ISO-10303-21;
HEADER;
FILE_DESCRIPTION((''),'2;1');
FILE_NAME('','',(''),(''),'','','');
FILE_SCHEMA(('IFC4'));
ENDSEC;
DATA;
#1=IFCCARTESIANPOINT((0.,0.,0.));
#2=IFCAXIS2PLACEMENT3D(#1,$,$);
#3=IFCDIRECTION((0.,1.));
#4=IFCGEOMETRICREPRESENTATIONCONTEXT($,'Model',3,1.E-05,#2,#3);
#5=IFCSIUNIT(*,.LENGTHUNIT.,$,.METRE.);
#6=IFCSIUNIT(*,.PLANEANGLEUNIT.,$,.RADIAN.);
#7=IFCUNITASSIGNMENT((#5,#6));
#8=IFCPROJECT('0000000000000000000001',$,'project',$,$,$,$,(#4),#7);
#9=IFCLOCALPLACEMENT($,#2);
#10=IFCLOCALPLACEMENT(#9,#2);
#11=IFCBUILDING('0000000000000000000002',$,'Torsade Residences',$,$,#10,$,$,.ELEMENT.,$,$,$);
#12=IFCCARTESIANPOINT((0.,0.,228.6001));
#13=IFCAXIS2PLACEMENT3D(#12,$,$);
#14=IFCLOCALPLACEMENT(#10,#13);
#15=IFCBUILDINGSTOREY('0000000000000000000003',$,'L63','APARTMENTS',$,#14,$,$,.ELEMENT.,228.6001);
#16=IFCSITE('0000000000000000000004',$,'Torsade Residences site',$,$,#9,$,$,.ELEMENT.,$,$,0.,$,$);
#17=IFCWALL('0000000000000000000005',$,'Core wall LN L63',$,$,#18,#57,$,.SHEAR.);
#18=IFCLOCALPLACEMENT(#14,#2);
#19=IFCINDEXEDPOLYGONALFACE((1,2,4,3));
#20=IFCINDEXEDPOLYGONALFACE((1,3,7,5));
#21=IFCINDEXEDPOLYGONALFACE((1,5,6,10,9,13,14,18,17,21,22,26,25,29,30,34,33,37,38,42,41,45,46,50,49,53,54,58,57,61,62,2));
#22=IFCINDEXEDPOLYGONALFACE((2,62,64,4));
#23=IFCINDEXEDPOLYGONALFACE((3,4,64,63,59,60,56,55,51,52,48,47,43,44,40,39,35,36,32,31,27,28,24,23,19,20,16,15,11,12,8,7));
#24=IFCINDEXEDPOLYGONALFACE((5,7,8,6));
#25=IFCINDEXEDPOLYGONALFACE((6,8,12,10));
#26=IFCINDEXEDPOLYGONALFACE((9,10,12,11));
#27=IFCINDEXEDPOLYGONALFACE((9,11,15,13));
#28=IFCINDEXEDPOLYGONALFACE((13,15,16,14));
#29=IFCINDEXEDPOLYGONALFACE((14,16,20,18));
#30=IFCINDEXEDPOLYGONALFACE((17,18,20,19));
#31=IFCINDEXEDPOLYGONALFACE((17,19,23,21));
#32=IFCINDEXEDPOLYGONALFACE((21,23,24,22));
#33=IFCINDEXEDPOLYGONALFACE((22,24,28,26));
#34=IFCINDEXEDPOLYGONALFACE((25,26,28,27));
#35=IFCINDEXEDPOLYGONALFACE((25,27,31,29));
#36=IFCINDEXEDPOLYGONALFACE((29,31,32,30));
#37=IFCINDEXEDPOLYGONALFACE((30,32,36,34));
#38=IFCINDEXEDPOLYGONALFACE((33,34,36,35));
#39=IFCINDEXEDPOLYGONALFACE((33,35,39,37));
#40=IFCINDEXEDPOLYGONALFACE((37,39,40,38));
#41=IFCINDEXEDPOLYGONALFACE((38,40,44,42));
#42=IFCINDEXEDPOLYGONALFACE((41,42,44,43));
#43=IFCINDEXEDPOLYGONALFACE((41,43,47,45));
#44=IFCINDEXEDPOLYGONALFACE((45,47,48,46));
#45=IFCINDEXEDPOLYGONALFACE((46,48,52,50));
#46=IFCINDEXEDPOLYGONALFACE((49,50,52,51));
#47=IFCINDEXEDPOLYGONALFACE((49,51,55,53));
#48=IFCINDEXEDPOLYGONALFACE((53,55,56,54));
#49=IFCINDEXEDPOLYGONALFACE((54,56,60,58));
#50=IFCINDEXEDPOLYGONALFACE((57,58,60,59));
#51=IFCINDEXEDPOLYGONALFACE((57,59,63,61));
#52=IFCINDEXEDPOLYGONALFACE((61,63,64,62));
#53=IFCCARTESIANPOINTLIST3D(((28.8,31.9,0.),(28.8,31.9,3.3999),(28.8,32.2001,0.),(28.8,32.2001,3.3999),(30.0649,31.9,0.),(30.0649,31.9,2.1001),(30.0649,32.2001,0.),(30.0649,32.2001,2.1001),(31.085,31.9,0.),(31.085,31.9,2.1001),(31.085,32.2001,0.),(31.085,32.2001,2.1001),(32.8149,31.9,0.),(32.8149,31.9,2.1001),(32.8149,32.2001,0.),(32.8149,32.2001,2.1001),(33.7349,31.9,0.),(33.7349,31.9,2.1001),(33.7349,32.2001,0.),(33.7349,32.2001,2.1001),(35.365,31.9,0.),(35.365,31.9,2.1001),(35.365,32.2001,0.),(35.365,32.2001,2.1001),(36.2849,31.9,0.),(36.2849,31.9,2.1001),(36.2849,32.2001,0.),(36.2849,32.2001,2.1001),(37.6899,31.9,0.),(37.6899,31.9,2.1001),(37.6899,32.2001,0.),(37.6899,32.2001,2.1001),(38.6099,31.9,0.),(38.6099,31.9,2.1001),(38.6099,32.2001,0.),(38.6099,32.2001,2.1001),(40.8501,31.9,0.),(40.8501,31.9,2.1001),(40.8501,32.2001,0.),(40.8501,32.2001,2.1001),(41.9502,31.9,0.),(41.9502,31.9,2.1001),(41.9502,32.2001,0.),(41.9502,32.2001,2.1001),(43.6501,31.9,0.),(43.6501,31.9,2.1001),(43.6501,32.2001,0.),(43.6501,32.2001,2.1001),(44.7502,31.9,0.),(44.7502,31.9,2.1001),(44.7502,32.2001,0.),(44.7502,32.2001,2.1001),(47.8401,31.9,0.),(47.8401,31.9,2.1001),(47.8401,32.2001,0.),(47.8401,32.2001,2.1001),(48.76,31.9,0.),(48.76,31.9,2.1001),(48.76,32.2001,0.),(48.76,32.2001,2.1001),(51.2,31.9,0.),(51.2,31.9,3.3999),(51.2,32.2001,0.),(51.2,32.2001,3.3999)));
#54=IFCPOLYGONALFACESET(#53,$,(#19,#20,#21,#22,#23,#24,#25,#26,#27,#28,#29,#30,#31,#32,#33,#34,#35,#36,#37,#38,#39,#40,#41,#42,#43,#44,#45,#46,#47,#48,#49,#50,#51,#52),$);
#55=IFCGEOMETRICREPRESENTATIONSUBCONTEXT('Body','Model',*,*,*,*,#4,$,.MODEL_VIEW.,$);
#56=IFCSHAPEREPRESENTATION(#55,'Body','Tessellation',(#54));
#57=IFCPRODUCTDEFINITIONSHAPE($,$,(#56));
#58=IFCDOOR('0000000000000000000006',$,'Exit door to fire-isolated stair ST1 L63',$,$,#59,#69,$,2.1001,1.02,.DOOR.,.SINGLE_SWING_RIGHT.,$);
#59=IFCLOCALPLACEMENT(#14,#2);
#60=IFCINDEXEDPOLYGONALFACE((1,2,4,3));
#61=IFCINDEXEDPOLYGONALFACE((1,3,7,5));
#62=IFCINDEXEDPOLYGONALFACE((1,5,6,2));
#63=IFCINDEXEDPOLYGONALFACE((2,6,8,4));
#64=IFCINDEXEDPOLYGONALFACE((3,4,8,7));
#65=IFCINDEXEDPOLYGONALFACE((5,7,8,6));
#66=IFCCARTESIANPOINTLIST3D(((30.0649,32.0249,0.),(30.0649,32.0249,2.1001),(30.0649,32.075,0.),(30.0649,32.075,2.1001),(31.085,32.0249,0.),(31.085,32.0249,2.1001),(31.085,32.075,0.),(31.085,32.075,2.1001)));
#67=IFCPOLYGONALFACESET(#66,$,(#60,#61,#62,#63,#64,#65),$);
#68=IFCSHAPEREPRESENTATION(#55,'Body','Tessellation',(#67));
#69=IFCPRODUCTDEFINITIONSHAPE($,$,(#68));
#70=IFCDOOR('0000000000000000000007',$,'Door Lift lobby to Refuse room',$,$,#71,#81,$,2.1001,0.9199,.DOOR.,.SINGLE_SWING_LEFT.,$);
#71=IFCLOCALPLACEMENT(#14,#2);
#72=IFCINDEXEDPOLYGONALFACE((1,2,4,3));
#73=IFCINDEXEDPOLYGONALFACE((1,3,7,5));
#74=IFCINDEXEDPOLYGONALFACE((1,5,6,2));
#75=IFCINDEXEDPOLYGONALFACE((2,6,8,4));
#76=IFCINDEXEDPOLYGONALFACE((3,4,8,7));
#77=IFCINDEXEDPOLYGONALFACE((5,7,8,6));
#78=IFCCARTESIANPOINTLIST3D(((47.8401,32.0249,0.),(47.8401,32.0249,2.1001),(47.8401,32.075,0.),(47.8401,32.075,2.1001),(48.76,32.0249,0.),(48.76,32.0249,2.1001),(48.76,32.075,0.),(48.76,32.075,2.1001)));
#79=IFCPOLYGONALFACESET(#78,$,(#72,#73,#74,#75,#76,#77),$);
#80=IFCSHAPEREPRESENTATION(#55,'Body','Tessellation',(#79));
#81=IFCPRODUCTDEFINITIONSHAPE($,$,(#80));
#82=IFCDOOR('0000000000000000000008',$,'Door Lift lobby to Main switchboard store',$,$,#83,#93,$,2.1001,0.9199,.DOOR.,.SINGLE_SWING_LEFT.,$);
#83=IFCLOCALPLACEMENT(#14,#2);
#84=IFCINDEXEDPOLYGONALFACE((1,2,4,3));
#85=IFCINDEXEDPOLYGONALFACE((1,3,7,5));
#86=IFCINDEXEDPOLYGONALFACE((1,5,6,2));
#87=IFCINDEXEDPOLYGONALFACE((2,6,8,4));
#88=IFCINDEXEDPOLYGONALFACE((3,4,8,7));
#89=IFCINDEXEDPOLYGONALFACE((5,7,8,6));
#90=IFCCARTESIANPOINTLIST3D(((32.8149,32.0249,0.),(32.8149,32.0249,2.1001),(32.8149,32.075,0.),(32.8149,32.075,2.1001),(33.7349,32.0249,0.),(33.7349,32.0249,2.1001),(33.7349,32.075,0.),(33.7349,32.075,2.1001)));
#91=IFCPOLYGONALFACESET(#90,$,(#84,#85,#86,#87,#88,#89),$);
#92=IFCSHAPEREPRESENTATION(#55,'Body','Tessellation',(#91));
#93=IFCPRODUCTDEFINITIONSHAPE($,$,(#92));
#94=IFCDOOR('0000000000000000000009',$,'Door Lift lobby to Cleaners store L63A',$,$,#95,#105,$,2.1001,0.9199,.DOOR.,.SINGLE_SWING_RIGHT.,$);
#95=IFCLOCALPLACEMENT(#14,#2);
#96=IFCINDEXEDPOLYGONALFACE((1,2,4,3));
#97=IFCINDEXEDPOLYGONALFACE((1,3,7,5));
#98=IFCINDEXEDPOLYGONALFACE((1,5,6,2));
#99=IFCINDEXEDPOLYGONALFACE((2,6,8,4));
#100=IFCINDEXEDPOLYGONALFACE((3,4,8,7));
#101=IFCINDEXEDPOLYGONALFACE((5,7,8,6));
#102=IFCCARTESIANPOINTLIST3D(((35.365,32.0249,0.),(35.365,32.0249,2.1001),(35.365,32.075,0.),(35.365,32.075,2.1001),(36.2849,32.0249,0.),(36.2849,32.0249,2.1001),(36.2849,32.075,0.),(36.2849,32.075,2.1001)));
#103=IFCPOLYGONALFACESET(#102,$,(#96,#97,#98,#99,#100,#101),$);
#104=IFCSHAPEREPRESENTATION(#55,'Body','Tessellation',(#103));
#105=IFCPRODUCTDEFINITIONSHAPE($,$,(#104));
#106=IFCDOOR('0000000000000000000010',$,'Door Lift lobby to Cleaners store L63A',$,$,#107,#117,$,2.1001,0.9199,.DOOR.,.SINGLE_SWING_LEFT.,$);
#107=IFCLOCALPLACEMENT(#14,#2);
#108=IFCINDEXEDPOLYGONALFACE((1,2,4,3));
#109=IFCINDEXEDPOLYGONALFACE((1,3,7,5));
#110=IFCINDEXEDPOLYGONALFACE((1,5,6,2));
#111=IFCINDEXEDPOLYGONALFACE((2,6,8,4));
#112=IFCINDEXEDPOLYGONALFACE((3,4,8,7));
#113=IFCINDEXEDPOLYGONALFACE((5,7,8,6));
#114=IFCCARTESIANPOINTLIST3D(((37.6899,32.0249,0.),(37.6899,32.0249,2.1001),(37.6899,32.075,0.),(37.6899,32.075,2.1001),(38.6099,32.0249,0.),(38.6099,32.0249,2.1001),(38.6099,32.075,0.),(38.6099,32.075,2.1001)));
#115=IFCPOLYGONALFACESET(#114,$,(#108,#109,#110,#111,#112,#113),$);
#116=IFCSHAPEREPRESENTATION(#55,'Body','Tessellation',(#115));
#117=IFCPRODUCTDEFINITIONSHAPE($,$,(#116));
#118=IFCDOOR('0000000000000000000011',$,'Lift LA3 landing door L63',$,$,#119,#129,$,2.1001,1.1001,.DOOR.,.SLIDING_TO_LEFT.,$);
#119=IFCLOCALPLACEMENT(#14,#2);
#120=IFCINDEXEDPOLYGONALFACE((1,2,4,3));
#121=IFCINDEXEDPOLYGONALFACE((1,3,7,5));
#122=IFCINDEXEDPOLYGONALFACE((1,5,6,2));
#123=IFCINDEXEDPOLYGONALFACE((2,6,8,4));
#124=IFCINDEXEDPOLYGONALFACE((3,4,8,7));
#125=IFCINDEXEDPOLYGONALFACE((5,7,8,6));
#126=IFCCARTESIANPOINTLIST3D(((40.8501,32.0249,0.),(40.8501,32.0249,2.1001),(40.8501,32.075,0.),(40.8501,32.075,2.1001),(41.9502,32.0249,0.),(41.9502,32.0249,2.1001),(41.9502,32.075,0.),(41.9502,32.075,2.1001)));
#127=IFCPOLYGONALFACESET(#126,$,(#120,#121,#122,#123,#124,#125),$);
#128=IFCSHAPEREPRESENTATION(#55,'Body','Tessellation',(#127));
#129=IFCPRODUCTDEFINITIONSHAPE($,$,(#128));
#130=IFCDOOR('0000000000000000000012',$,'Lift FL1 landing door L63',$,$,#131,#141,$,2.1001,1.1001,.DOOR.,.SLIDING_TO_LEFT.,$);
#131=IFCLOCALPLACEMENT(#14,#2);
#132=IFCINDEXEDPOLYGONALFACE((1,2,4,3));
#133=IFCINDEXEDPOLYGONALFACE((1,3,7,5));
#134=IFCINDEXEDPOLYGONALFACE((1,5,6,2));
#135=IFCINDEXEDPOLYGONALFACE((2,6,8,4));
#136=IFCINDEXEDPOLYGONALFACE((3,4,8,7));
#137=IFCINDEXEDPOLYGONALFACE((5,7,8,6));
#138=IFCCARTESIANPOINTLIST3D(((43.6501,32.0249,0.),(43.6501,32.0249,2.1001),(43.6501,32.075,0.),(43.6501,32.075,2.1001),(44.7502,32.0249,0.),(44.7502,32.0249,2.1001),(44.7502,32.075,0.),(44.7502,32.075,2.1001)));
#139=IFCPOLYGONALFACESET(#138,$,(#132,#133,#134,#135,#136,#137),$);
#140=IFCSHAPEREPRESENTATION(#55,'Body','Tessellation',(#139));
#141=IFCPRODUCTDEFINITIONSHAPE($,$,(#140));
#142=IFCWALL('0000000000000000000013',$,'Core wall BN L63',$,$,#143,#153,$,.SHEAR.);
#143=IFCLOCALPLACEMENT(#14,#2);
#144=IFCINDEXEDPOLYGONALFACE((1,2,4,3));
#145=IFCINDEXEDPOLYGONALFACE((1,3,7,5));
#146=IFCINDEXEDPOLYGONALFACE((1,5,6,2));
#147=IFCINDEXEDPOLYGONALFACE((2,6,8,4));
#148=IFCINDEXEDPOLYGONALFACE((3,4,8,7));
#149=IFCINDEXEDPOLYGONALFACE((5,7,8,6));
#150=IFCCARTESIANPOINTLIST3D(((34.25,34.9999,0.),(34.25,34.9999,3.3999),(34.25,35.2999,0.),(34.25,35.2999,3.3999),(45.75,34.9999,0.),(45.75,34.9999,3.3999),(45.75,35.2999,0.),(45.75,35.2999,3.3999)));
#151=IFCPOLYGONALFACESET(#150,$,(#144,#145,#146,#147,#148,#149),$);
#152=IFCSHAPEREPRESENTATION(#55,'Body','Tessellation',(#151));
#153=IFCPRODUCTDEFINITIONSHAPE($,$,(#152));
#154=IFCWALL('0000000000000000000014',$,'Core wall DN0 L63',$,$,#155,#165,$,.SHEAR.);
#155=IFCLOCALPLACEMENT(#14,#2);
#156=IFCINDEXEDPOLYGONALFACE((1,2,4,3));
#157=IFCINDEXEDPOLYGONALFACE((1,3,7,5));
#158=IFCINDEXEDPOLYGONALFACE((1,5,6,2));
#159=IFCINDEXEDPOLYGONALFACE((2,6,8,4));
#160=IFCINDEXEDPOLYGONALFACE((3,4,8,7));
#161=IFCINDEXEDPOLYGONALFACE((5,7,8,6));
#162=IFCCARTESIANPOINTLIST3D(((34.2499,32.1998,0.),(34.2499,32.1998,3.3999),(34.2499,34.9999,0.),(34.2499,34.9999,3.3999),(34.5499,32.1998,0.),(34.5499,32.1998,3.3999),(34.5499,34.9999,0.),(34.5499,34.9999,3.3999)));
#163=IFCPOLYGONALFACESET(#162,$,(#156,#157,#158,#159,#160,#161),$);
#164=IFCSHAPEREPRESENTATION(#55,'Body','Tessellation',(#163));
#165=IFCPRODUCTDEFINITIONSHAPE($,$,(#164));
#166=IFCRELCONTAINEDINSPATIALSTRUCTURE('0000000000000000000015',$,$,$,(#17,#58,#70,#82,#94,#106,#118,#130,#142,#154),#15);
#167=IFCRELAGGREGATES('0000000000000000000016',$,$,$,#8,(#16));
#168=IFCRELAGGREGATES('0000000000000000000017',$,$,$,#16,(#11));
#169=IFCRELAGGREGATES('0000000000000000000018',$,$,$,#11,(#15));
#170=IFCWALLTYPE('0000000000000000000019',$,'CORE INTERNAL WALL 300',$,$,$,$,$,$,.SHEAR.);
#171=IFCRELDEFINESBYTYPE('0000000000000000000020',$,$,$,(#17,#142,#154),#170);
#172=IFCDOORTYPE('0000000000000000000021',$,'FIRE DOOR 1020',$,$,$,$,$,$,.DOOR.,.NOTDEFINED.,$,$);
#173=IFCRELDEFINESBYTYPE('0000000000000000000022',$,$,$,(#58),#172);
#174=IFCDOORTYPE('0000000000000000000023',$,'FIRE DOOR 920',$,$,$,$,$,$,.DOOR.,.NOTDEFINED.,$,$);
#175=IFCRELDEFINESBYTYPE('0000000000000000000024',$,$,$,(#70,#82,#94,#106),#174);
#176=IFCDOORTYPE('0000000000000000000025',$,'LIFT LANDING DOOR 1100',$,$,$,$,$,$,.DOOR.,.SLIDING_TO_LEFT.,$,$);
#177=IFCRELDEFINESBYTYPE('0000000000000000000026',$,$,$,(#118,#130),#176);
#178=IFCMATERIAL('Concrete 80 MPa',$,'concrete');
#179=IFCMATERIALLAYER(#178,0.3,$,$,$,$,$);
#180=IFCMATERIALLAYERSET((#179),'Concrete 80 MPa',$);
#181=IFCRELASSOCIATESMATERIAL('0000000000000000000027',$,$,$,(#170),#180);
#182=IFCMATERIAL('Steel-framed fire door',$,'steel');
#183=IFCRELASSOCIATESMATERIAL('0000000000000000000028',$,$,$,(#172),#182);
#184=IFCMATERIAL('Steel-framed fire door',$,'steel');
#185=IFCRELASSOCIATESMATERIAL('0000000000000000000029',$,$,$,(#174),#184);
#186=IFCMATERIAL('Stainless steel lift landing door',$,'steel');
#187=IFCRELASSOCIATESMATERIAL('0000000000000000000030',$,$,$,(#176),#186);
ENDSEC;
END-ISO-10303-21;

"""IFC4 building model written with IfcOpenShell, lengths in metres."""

from ifc_helpers import new_model, si_unit, direction, frame, frame_2d, origin, place, context, subcontext, project, spatial, rectangle, extrude, material, layer, layer_set, type_object, element, fill, save


model = new_model("IFC4")

# Units and contexts
model_context = context("Model", 3, precision=1e-05, world=origin(), true_north=direction((0.0, 1.0)))
body_context = subcontext(model_context, "Body", "Model", "MODEL_VIEW")
ifc_project = project(units=[si_unit("LENGTHUNIT", "METRE"), si_unit("PLANEANGLEUNIT", "RADIAN")], contexts=[model_context])

# Site, building, storey
site_placement = place(None, origin())
site = spatial("IfcSite", under=ifc_project, at=site_placement, Name="Torsade Residences site", CompositionType="ELEMENT", RefElevation=0.0)
building_placement = place(site_placement, origin())
building = spatial("IfcBuilding", under=site, at=building_placement, Name="Torsade Residences", CompositionType="ELEMENT")
storey_placement = place(building_placement, frame((0.0, 0.0, 228.6001)))
storey = spatial("IfcBuildingStorey", under=building, at=storey_placement, Name="L63", Description="APARTMENTS", CompositionType="ELEMENT", Elevation=228.6001)

# Wall, openings, doors
ifc_material_1 = material(Name="Concrete 80 MPa", Category="concrete")
ifc_layer_1 = layer(ifc_material_1, 0.3)
ifc_layer_set_1 = layer_set([ifc_layer_1], Name="Concrete 80 MPa")
wall_type_1 = type_object("IfcWallType", Name="CORE INTERNAL WALL 300", PredefinedType="SHEAR", material=ifc_layer_set_1)
wall_1_placement = place(storey_placement, frame((28.8, 32.05, 0.0), z_axis=(0.0, 0.0, 1.0), x_axis=(1.0, 0.0, 0.0)))
wall_1 = element("IfcWall", 1, at=wall_1_placement, inside=storey, type_object=wall_type_1, Name="Core wall LN L63", PredefinedType="SHEAR", context=body_context, shape_type="SweptSolid", body=[
    extrude(rectangle(XDim=22.3999, YDim=0.3, at=frame_2d((11.2, 0.0))), origin(), (0.0, 0.0, 1.0), 3.3999),
])
opening_1_placement = place(wall_1_placement, frame((19.04, 0.0, 0.0)))
opening_1 = element("IfcOpeningElement", 2, at=opening_1_placement, cuts=wall_1, PredefinedType="OPENING", context=body_context, shape_type="SweptSolid", body=[
    extrude(rectangle(XDim=0.9199, YDim=2.1001, at=frame_2d((0.46, 1.05))), frame((0.0, 0.1599, 0.0), z_axis=(0.0, -1.0, 0.0), x_axis=(1.0, 0.0, 0.0)), (0.0, 0.0, 1.0), 0.3201),
])
opening_2_placement = place(wall_1_placement, frame((1.2649, 0.0, 0.0)))
opening_2 = element("IfcOpeningElement", 3, at=opening_2_placement, cuts=wall_1, PredefinedType="OPENING", context=body_context, shape_type="SweptSolid", body=[
    extrude(rectangle(XDim=1.02, YDim=2.1001, at=frame_2d((0.51, 1.05))), frame((0.0, 0.1599, 0.0), z_axis=(0.0, -1.0, 0.0), x_axis=(1.0, 0.0, 0.0)), (0.0, 0.0, 1.0), 0.3201),
])
opening_3_placement = place(wall_1_placement, frame((4.0149, 0.0, 0.0)))
opening_3 = element("IfcOpeningElement", 4, at=opening_3_placement, cuts=wall_1, PredefinedType="OPENING", context=body_context, shape_type="SweptSolid", body=[
    extrude(rectangle(XDim=0.9199, YDim=2.1001, at=frame_2d((0.46, 1.05))), frame((0.0, 0.1599, 0.0), z_axis=(0.0, -1.0, 0.0), x_axis=(1.0, 0.0, 0.0)), (0.0, 0.0, 1.0), 0.3201),
])
opening_4_placement = place(wall_1_placement, frame((6.5649, 0.0, 0.0)))
opening_4 = element("IfcOpeningElement", 5, at=opening_4_placement, cuts=wall_1, PredefinedType="OPENING", context=body_context, shape_type="SweptSolid", body=[
    extrude(rectangle(XDim=0.9199, YDim=2.1001, at=frame_2d((0.46, 1.05))), frame((0.0, 0.1599, 0.0), z_axis=(0.0, -1.0, 0.0), x_axis=(1.0, 0.0, 0.0)), (0.0, 0.0, 1.0), 0.3201),
])
opening_5_placement = place(wall_1_placement, frame((8.8899, 0.0, 0.0)))
opening_5 = element("IfcOpeningElement", 6, at=opening_5_placement, cuts=wall_1, PredefinedType="OPENING", context=body_context, shape_type="SweptSolid", body=[
    extrude(rectangle(XDim=0.9199, YDim=2.1001, at=frame_2d((0.46, 1.05))), frame((0.0, 0.1599, 0.0), z_axis=(0.0, -1.0, 0.0), x_axis=(1.0, 0.0, 0.0)), (0.0, 0.0, 1.0), 0.3201),
])
opening_6_placement = place(wall_1_placement, frame((12.05, 0.0, 0.0)))
opening_6 = element("IfcOpeningElement", 7, at=opening_6_placement, cuts=wall_1, PredefinedType="OPENING", context=body_context, shape_type="SweptSolid", body=[
    extrude(rectangle(XDim=1.1001, YDim=2.1001, at=frame_2d((0.55, 1.05))), frame((0.0, 0.1599, 0.0), z_axis=(0.0, -1.0, 0.0), x_axis=(1.0, 0.0, 0.0)), (0.0, 0.0, 1.0), 0.3201),
])
opening_7_placement = place(wall_1_placement, frame((14.8501, 0.0, 0.0)))
opening_7 = element("IfcOpeningElement", 8, at=opening_7_placement, cuts=wall_1, PredefinedType="OPENING", context=body_context, shape_type="SweptSolid", body=[
    extrude(rectangle(XDim=1.1001, YDim=2.1001, at=frame_2d((0.55, 1.05))), frame((0.0, 0.1599, 0.0), z_axis=(0.0, -1.0, 0.0), x_axis=(1.0, 0.0, 0.0)), (0.0, 0.0, 1.0), 0.3201),
])
ifc_material_2 = material(Name="Steel-framed fire door", Category="steel")
door_type_1 = type_object("IfcDoorType", Name="FIRE DOOR 1020", OperationType="NOTDEFINED", PredefinedType="DOOR", material=ifc_material_2)
door_1_placement = place(opening_2_placement, origin())
door_1 = element("IfcDoor", 9, at=door_1_placement, inside=storey, type_object=door_type_1, Name="Exit door to fire-isolated stair ST1 L63", OperationType="SINGLE_SWING_RIGHT", OverallHeight=2.1001, OverallWidth=1.02, PredefinedType="DOOR", context=body_context, shape_type="SweptSolid", body=[
    extrude(rectangle(XDim=1.02, YDim=2.1001, at=frame_2d((0.51, 1.05))), frame((0.0, 0.0249, 0.0), z_axis=(0.0, -1.0, 0.0), x_axis=(1.0, 0.0, 0.0)), (0.0, 0.0, 1.0), 0.05),
])
fill(opening_2, door_1)
ifc_material_3 = material(Name="Steel-framed fire door", Category="steel")
door_type_2 = type_object("IfcDoorType", Name="FIRE DOOR 920", OperationType="NOTDEFINED", PredefinedType="DOOR", material=ifc_material_3)
door_2_placement = place(opening_1_placement, origin())
door_2 = element("IfcDoor", 10, at=door_2_placement, inside=storey, type_object=door_type_2, Name="Door Lift lobby to Refuse room", OperationType="SINGLE_SWING_LEFT", OverallHeight=2.1001, OverallWidth=0.9199, PredefinedType="DOOR", context=body_context, shape_type="SweptSolid", body=[
    extrude(rectangle(XDim=0.9199, YDim=2.1001, at=frame_2d((0.46, 1.05))), frame((0.0, 0.0249, 0.0), z_axis=(0.0, -1.0, 0.0), x_axis=(1.0, 0.0, 0.0)), (0.0, 0.0, 1.0), 0.05),
])
fill(opening_1, door_2)
door_3_placement = place(opening_3_placement, origin())
door_3 = element("IfcDoor", 11, at=door_3_placement, inside=storey, type_object=door_type_2, Name="Door Lift lobby to Main switchboard store", OperationType="SINGLE_SWING_LEFT", OverallHeight=2.1001, OverallWidth=0.9199, PredefinedType="DOOR", context=body_context, shape_type="SweptSolid", body=[
    extrude(rectangle(XDim=0.9199, YDim=2.1001, at=frame_2d((0.46, 1.05))), frame((0.0, 0.0249, 0.0), z_axis=(0.0, -1.0, 0.0), x_axis=(1.0, 0.0, 0.0)), (0.0, 0.0, 1.0), 0.05),
])
fill(opening_3, door_3)
door_4_placement = place(opening_4_placement, origin())
door_4 = element("IfcDoor", 12, at=door_4_placement, inside=storey, type_object=door_type_2, Name="Door Lift lobby to Cleaners store L63A", OperationType="SINGLE_SWING_RIGHT", OverallHeight=2.1001, OverallWidth=0.9199, PredefinedType="DOOR", context=body_context, shape_type="SweptSolid", body=[
    extrude(rectangle(XDim=0.9199, YDim=2.1001, at=frame_2d((0.46, 1.05))), frame((0.0, 0.0249, 0.0), z_axis=(0.0, -1.0, 0.0), x_axis=(1.0, 0.0, 0.0)), (0.0, 0.0, 1.0), 0.05),
])
fill(opening_4, door_4)
door_5_placement = place(opening_5_placement, origin())
door_5 = element("IfcDoor", 13, at=door_5_placement, inside=storey, type_object=door_type_2, Name="Door Lift lobby to Cleaners store L63A", OperationType="SINGLE_SWING_LEFT", OverallHeight=2.1001, OverallWidth=0.9199, PredefinedType="DOOR", context=body_context, shape_type="SweptSolid", body=[
    extrude(rectangle(XDim=0.9199, YDim=2.1001, at=frame_2d((0.46, 1.05))), frame((0.0, 0.0249, 0.0), z_axis=(0.0, -1.0, 0.0), x_axis=(1.0, 0.0, 0.0)), (0.0, 0.0, 1.0), 0.05),
])
fill(opening_5, door_5)
ifc_material_4 = material(Name="Stainless steel lift landing door", Category="steel")
door_type_3 = type_object("IfcDoorType", Name="LIFT LANDING DOOR 1100", OperationType="SLIDING_TO_LEFT", PredefinedType="DOOR", material=ifc_material_4)
door_6_placement = place(opening_6_placement, origin())
door_6 = element("IfcDoor", 14, at=door_6_placement, inside=storey, type_object=door_type_3, Name="Lift LA3 landing door L63", OperationType="SLIDING_TO_LEFT", OverallHeight=2.1001, OverallWidth=1.1001, PredefinedType="DOOR", context=body_context, shape_type="SweptSolid", body=[
    extrude(rectangle(XDim=1.1001, YDim=2.1001, at=frame_2d((0.55, 1.05))), frame((0.0, 0.0249, 0.0), z_axis=(0.0, -1.0, 0.0), x_axis=(1.0, 0.0, 0.0)), (0.0, 0.0, 1.0), 0.05),
])
fill(opening_6, door_6)
door_7_placement = place(opening_7_placement, origin())
door_7 = element("IfcDoor", 15, at=door_7_placement, inside=storey, type_object=door_type_3, Name="Lift FL1 landing door L63", OperationType="SLIDING_TO_LEFT", OverallHeight=2.1001, OverallWidth=1.1001, PredefinedType="DOOR", context=body_context, shape_type="SweptSolid", body=[
    extrude(rectangle(XDim=1.1001, YDim=2.1001, at=frame_2d((0.55, 1.05))), frame((0.0, 0.0249, 0.0), z_axis=(0.0, -1.0, 0.0), x_axis=(1.0, 0.0, 0.0)), (0.0, 0.0, 1.0), 0.05),
])
fill(opening_7, door_7)

# Walls
wall_2_placement = place(storey_placement, frame((34.25, 35.1499, 0.0), z_axis=(0.0, 0.0, 1.0), x_axis=(1.0, 0.0, 0.0)))
element("IfcWall", 16, at=wall_2_placement, inside=storey, type_object=wall_type_1, Name="Core wall BN L63", PredefinedType="SHEAR", context=body_context, shape_type="SweptSolid", body=[
    extrude(rectangle(XDim=11.5, YDim=0.3, at=frame_2d((5.75, 0.0))), origin(), (0.0, 0.0, 1.0), 3.3999),
])
wall_3_placement = place(storey_placement, frame((34.3999, 32.2, 0.0), z_axis=(0.0, 0.0, 1.0), x_axis=(0.0, 1.0, 0.0)))
element("IfcWall", 17, at=wall_3_placement, inside=storey, type_object=wall_type_1, Name="Core wall DN0 L63", PredefinedType="SHEAR", context=body_context, shape_type="SweptSolid", body=[
    extrude(rectangle(XDim=2.8, YDim=0.3, at=frame_2d((1.3999, 0.0))), origin(), (0.0, 0.0, 1.0), 3.3999),
])

save(model, "model.ifc")
